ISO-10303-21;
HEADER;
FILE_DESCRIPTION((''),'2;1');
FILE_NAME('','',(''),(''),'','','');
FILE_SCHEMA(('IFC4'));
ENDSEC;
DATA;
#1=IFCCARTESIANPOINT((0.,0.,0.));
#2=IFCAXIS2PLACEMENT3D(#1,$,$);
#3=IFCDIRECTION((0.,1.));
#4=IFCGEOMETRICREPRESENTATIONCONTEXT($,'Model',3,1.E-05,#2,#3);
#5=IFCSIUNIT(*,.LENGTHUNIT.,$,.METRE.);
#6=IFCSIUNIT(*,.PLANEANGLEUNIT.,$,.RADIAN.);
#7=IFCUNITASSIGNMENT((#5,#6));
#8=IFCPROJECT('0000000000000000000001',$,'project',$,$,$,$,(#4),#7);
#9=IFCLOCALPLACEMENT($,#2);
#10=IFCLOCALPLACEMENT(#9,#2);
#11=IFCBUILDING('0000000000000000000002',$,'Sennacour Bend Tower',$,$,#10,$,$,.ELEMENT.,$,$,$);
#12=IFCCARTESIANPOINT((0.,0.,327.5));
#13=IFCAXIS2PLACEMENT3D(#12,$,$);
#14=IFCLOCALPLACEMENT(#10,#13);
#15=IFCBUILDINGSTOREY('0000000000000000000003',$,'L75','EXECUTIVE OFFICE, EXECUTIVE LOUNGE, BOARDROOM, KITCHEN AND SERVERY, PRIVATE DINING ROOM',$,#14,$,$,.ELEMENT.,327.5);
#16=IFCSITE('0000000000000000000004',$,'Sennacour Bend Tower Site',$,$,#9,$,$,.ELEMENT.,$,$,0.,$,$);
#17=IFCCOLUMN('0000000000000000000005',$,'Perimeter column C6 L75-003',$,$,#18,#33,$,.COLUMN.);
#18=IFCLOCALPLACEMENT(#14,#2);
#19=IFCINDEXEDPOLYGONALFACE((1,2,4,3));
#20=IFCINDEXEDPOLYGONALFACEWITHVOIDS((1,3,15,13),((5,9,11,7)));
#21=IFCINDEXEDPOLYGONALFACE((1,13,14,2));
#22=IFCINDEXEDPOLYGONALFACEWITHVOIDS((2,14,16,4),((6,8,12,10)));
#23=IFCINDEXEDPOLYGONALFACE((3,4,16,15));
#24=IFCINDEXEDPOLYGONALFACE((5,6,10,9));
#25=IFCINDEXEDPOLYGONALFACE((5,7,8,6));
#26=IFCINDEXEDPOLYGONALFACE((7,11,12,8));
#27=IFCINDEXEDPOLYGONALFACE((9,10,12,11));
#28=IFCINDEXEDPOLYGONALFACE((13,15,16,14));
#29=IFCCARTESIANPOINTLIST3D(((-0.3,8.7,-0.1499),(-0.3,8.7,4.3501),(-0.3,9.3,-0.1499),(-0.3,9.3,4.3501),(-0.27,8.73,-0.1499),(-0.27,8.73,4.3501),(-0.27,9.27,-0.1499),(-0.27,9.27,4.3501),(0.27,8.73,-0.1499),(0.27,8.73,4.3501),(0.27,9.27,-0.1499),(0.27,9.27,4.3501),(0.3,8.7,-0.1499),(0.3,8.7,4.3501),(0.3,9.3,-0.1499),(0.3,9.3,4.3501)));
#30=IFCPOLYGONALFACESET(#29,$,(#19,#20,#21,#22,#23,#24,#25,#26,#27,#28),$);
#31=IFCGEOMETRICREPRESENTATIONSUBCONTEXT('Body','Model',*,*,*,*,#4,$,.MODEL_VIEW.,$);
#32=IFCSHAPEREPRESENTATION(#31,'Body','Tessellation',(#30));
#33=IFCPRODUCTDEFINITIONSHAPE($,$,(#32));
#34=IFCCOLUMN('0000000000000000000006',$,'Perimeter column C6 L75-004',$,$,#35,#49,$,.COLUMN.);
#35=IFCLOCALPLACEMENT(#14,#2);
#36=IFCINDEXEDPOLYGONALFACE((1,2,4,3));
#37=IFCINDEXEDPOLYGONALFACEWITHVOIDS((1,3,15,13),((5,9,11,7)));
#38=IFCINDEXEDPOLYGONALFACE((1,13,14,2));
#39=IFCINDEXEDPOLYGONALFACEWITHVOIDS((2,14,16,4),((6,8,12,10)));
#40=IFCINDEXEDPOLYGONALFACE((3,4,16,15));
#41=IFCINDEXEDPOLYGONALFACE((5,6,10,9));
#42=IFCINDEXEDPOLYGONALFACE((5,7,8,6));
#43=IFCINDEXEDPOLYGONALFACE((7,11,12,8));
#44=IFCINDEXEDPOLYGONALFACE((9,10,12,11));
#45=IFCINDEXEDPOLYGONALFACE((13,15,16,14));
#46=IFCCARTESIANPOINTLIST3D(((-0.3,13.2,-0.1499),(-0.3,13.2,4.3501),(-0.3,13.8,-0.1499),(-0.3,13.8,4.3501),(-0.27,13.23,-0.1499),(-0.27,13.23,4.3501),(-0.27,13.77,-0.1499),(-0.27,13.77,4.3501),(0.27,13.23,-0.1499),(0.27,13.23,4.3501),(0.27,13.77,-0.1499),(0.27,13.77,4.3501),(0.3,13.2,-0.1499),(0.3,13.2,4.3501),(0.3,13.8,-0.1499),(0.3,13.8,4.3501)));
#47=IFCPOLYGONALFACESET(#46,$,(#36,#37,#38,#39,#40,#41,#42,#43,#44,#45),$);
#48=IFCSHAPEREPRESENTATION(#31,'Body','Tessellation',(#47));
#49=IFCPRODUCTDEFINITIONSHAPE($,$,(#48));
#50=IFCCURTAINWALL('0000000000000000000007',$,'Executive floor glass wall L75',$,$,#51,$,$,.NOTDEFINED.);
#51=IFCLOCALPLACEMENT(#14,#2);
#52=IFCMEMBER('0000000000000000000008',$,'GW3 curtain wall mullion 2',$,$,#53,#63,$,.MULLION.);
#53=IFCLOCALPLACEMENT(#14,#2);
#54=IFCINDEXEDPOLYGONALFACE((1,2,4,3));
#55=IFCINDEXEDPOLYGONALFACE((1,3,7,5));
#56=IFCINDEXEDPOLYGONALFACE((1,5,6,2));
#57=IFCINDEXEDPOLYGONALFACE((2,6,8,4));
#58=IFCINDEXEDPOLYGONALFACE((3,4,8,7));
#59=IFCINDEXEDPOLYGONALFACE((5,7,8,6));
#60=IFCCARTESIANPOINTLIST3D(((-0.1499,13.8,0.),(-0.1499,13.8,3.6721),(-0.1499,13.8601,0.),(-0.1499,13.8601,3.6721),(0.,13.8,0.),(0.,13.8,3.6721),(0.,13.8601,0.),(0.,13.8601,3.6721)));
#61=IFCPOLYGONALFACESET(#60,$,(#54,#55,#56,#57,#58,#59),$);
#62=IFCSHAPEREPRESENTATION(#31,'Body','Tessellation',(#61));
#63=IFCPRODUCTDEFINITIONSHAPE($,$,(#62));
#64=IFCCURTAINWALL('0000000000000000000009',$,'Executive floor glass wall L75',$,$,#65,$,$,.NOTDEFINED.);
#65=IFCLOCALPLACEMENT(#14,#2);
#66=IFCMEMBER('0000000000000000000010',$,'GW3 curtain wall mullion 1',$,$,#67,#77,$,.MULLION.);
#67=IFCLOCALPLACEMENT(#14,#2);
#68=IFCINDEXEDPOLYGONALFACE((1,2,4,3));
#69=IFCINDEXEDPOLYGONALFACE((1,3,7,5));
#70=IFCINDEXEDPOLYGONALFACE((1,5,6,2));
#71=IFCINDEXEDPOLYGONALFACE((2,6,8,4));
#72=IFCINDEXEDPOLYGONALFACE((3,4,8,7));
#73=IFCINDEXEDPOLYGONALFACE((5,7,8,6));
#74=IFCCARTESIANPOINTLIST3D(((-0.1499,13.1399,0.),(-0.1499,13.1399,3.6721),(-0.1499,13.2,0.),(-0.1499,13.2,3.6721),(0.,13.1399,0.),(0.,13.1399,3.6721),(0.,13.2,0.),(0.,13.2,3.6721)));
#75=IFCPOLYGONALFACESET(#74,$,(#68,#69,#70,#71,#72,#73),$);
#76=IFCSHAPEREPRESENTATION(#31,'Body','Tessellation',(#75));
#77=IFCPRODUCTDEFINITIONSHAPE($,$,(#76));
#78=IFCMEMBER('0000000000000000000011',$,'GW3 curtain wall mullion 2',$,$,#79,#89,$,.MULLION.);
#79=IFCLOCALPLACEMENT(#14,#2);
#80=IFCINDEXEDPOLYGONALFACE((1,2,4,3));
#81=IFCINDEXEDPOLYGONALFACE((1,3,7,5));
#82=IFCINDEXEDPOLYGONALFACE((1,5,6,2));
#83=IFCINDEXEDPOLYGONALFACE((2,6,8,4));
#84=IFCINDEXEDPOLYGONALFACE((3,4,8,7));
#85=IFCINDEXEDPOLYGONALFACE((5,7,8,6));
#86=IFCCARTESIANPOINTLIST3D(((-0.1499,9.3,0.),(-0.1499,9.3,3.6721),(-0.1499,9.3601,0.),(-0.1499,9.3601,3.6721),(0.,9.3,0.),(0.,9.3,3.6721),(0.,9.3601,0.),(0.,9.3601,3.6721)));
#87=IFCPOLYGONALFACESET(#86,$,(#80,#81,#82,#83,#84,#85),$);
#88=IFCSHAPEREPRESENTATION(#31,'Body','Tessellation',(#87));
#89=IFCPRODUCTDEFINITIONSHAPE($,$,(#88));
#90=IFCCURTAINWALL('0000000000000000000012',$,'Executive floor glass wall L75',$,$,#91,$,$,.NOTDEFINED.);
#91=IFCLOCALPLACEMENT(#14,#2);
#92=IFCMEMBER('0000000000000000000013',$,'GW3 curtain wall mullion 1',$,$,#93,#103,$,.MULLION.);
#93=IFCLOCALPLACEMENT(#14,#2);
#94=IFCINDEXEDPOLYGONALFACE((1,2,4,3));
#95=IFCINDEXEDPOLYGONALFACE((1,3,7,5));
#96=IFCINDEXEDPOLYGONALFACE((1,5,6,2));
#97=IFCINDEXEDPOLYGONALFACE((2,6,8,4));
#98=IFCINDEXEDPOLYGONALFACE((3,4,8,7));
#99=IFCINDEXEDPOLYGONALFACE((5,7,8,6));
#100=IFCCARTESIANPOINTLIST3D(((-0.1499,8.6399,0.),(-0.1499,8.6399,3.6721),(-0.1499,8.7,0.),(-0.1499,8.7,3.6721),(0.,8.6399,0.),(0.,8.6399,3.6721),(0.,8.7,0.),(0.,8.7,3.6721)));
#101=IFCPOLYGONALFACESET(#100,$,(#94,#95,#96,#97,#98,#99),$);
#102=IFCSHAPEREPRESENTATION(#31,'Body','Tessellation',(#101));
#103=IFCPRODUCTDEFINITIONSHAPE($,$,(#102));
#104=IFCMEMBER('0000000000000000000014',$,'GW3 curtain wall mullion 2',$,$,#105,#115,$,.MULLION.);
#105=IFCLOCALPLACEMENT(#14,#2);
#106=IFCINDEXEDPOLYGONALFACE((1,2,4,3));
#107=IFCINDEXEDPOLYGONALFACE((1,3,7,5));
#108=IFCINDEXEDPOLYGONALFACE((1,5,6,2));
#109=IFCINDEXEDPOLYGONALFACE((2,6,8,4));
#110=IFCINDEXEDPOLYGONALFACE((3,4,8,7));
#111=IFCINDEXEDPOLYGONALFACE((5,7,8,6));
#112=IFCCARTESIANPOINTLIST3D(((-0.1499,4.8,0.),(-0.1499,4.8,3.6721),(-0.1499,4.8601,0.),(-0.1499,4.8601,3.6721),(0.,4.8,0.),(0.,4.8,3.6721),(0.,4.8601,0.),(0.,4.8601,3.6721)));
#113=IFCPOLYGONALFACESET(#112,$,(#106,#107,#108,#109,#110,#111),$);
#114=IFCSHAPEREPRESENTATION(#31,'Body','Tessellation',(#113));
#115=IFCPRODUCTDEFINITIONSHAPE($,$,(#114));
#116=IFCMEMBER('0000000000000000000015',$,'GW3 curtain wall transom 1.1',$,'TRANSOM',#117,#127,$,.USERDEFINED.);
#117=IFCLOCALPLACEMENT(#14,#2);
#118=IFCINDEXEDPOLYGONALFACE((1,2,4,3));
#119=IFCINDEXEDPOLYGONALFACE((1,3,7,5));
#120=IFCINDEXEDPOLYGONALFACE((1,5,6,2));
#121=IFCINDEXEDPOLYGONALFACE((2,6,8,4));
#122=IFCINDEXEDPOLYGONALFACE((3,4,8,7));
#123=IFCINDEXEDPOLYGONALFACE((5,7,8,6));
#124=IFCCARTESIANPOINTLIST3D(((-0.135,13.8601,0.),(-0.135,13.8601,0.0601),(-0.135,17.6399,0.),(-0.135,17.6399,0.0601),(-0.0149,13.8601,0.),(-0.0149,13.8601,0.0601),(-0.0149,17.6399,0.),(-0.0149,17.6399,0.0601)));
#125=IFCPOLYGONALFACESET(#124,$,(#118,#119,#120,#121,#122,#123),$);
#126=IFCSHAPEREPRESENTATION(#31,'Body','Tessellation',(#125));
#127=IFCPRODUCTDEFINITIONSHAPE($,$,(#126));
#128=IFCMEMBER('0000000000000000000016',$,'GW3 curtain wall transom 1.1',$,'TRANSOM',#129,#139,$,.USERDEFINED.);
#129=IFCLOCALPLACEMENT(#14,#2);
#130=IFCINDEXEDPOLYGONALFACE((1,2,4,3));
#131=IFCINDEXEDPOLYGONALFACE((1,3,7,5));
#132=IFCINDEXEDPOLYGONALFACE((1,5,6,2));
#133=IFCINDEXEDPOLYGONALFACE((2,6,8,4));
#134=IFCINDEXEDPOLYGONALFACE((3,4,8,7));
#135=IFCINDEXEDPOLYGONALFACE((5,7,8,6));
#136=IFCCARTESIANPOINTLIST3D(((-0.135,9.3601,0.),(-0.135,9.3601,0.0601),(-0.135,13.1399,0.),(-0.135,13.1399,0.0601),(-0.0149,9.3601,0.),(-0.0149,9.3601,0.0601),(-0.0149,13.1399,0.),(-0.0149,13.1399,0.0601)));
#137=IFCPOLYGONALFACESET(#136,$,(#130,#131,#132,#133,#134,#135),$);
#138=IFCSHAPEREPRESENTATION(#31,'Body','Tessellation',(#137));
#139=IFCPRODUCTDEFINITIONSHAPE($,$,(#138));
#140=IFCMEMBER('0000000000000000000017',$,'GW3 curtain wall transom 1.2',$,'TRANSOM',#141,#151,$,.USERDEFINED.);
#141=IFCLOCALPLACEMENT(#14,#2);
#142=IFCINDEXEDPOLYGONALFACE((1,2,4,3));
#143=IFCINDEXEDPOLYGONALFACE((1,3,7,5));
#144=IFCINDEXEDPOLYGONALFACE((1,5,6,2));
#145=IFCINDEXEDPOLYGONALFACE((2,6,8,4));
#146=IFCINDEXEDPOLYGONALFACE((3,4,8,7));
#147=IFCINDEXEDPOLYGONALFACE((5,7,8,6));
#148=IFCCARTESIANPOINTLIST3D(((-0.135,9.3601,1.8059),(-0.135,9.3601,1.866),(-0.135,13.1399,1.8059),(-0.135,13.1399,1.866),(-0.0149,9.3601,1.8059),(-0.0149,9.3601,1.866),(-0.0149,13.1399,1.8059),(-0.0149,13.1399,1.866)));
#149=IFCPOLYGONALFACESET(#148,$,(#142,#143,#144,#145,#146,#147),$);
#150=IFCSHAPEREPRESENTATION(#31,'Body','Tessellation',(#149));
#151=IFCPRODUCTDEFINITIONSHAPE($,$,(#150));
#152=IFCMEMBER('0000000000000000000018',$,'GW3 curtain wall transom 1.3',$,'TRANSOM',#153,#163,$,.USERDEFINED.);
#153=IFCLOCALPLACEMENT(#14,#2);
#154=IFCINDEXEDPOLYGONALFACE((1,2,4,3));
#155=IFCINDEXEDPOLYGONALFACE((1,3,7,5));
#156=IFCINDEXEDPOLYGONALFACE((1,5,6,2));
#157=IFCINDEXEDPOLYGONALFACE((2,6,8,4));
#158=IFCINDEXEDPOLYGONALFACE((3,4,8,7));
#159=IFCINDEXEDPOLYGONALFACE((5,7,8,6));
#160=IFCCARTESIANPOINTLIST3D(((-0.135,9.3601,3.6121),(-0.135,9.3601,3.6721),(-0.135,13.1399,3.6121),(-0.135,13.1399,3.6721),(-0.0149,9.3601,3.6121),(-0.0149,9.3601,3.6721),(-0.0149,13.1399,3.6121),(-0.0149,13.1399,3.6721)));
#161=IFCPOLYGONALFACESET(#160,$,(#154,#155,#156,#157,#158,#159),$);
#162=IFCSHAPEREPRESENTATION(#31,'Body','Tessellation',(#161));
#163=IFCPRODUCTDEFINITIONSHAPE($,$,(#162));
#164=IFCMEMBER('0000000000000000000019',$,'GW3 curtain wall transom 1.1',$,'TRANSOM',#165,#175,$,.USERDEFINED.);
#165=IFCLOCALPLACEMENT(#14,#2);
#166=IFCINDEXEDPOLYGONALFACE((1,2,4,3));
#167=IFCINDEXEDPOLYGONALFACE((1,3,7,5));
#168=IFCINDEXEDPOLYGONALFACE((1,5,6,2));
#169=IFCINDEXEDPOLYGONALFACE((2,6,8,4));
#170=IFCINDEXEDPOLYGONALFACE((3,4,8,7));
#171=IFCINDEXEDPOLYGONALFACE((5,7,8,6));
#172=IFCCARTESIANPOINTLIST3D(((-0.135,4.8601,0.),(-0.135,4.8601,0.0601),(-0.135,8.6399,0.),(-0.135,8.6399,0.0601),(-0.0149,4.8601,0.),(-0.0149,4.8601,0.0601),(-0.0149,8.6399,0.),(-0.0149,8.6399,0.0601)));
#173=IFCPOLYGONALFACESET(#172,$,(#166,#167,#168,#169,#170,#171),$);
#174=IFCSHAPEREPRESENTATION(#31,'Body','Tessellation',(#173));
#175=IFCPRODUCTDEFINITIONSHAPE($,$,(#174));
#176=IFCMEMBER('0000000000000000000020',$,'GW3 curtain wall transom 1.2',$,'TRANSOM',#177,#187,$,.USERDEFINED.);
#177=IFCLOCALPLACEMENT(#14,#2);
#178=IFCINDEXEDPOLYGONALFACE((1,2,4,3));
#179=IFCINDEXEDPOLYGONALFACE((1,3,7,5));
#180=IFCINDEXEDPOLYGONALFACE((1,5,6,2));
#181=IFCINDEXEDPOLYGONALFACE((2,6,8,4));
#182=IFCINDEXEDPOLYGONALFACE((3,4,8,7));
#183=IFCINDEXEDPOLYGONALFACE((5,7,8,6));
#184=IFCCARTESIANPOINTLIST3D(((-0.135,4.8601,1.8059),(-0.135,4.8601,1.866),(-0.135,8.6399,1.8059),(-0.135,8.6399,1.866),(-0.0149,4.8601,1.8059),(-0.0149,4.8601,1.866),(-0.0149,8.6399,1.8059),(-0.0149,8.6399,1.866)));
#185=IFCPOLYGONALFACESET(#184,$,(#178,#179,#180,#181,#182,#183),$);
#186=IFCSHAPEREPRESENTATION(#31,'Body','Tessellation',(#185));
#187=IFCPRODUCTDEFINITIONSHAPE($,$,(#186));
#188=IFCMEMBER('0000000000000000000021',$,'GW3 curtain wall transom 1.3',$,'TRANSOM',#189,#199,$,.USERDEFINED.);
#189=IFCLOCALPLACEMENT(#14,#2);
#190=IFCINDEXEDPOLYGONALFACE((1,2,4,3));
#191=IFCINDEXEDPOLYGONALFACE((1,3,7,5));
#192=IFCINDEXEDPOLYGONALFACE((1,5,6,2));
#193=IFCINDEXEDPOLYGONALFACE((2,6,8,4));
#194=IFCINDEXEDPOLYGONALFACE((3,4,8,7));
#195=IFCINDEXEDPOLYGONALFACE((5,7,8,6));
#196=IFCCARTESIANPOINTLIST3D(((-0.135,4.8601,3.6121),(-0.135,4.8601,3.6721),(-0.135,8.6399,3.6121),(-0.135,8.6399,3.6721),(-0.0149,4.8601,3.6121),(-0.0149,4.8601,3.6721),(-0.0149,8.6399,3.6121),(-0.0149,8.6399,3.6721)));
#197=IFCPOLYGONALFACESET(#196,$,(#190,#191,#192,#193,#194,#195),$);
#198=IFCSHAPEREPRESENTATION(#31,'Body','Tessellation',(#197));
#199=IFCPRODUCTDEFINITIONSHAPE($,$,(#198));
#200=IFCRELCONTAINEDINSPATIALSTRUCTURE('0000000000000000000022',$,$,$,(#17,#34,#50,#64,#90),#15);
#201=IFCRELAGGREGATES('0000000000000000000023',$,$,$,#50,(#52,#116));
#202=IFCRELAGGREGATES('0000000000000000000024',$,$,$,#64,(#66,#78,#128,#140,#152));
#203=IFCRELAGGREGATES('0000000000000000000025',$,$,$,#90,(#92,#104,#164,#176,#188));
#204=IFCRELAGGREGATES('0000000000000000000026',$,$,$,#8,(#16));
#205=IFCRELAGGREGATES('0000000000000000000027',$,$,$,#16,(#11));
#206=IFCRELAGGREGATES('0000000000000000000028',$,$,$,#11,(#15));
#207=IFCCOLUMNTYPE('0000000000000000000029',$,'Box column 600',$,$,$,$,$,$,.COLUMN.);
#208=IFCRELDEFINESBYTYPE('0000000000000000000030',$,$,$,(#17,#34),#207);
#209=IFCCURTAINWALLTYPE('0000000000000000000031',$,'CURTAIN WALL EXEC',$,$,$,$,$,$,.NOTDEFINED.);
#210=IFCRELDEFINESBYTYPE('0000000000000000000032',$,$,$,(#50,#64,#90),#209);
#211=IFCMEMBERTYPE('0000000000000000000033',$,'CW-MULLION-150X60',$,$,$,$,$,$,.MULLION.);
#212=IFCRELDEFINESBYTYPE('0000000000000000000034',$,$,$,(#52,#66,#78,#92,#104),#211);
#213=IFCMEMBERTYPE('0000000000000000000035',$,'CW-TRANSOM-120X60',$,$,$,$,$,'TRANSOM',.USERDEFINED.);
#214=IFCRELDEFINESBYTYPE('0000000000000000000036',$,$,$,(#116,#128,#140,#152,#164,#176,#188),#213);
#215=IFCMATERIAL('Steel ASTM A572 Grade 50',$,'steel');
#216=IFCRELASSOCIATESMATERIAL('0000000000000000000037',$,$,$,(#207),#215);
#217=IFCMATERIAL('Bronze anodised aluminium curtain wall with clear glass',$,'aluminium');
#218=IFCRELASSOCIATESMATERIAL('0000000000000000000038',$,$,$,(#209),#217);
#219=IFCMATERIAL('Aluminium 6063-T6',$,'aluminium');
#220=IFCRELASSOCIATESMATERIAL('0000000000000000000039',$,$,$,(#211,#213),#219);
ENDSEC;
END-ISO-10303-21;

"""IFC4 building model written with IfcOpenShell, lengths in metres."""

from ifc_helpers import new_model, si_unit, direction, frame, origin, origin_2d, place, context, subcontext, project, spatial, rectangle, hollow_rectangle, extrude, material, material_profile, profile_set, type_object, element, aggregate, save


model = new_model("IFC4")

# Units and contexts
model_context = context("Model", 3, precision=1e-05, world=origin(), true_north=direction((0.0, 1.0)))
body_context = subcontext(model_context, "Body", "Model", "MODEL_VIEW")
ifc_project = project(units=[si_unit("LENGTHUNIT", "METRE"), si_unit("PLANEANGLEUNIT", "RADIAN")], contexts=[model_context])

# Site, building, storey
site_placement = place(None, origin())
site = spatial("IfcSite", under=ifc_project, at=site_placement, Name="Sennacour Bend Tower Site", CompositionType="ELEMENT", RefElevation=0.0)
building_placement = place(site_placement, origin())
building = spatial("IfcBuilding", under=site, at=building_placement, Name="Sennacour Bend Tower", CompositionType="ELEMENT")
storey_placement = place(building_placement, frame((0.0, 0.0, 327.5)))
storey = spatial("IfcBuildingStorey", under=building, at=storey_placement, Name="L75", Description="EXECUTIVE OFFICE, EXECUTIVE LOUNGE, BOARDROOM, KITCHEN AND SERVERY, PRIVATE DINING ROOM", CompositionType="ELEMENT", Elevation=327.5)

# Columns
ifc_material_1 = material(Name="Steel ASTM A572 Grade 50", Category="steel")
ifc_material_profile_1 = material_profile(ifc_material_1, hollow_rectangle(XDim=0.6001, YDim=0.6001, WallThickness=0.03, at=origin_2d()), Name="Steel ASTM A572 Grade 50", Category="steel")
ifc_profile_set_1 = profile_set([ifc_material_profile_1], Name="Steel ASTM A572 Grade 50")
column_type = type_object("IfcColumnType", Name="Box column 600", PredefinedType="COLUMN", material=ifc_profile_set_1)
for number, where, z_axis, x_axis, name in (
    (1, (0.0, 9.0, -0.1499), (0.0, 0.0, 1.0), (1.0, 0.0, 0.0), "Perimeter column C6 L75-003"),
    (2, (0.0, 13.5, -0.1499), (0.0, 0.0, 1.0), (1.0, 0.0, 0.0), "Perimeter column C6 L75-004"),
):
    element("IfcColumn", number, at=place(storey_placement, frame(where, z_axis=z_axis, x_axis=x_axis)), inside=storey, type_object=column_type, Name=name, PredefinedType="COLUMN", context=body_context, shape_type="SweptSolid", body=[
        extrude(hollow_rectangle(XDim=0.6001, YDim=0.6001, WallThickness=0.03, at=origin_2d()), origin(), (0.0, 0.0, 1.0), 4.5),
    ])

# Curtain wall, member
ifc_material_2 = material(Name="Bronze anodised aluminium curtain wall with clear glass", Category="aluminium")
curtain_wall_type = type_object("IfcCurtainWallType", Name="CURTAIN WALL EXEC", PredefinedType="NOTDEFINED", material=ifc_material_2)
curtain_wall_1_placement = place(storey_placement, origin())
curtain_wall_1 = element("IfcCurtainWall", 3, at=curtain_wall_1_placement, inside=storey, type_object=curtain_wall_type, Name="Executive floor glass wall L75", PredefinedType="NOTDEFINED")
ifc_material_3 = material(Name="Aluminium 6063-T6", Category="aluminium")
ifc_material_profile_2 = material_profile(ifc_material_3, rectangle(XDim=0.1499, YDim=0.0601, at=origin_2d()), Name="Aluminium 6063-T6", Category="aluminium")
ifc_profile_set_2 = profile_set([ifc_material_profile_2], Name="Aluminium 6063-T6")
member_type_1 = type_object("IfcMemberType", Name="CW-MULLION-150X60", PredefinedType="MULLION", material=ifc_profile_set_2)
member_1_placement = place(storey_placement, frame((-0.075, 13.8301, 0.0), z_axis=(0.0, 0.0, 1.0), x_axis=(1.0, 0.0, 0.0)))
member_1 = element("IfcMember", 4, at=member_1_placement, type_object=member_type_1, Name="GW3 curtain wall mullion 2", PredefinedType="MULLION", context=body_context, shape_type="SweptSolid", body=[
    extrude(rectangle(XDim=0.1499, YDim=0.0601, at=origin_2d()), origin(), (0.0, 0.0, 1.0), 3.6721),
])

# Curtain walls, members
curtain_wall_2_placement = place(storey_placement, origin())
curtain_wall_2 = element("IfcCurtainWall", 5, at=curtain_wall_2_placement, inside=storey, type_object=curtain_wall_type, Name="Executive floor glass wall L75", PredefinedType="NOTDEFINED")
member_2_placement = place(storey_placement, frame((-0.075, 13.1699, 0.0), z_axis=(0.0, 0.0, 1.0), x_axis=(1.0, 0.0, 0.0)))
member_2 = element("IfcMember", 6, at=member_2_placement, type_object=member_type_1, Name="GW3 curtain wall mullion 1", PredefinedType="MULLION", context=body_context, shape_type="SweptSolid", body=[
    extrude(rectangle(XDim=0.1499, YDim=0.0601, at=origin_2d()), origin(), (0.0, 0.0, 1.0), 3.6721),
])
member_3_placement = place(storey_placement, frame((-0.075, 9.3301, 0.0), z_axis=(0.0, 0.0, 1.0), x_axis=(1.0, 0.0, 0.0)))
member_3 = element("IfcMember", 7, at=member_3_placement, type_object=member_type_1, Name="GW3 curtain wall mullion 2", PredefinedType="MULLION", context=body_context, shape_type="SweptSolid", body=[
    extrude(rectangle(XDim=0.1499, YDim=0.0601, at=origin_2d()), origin(), (0.0, 0.0, 1.0), 3.6721),
])
curtain_wall_3_placement = place(storey_placement, origin())
curtain_wall_3 = element("IfcCurtainWall", 8, at=curtain_wall_3_placement, inside=storey, type_object=curtain_wall_type, Name="Executive floor glass wall L75", PredefinedType="NOTDEFINED")
member_4_placement = place(storey_placement, frame((-0.075, 8.6699, 0.0), z_axis=(0.0, 0.0, 1.0), x_axis=(1.0, 0.0, 0.0)))
member_4 = element("IfcMember", 9, at=member_4_placement, type_object=member_type_1, Name="GW3 curtain wall mullion 1", PredefinedType="MULLION", context=body_context, shape_type="SweptSolid", body=[
    extrude(rectangle(XDim=0.1499, YDim=0.0601, at=origin_2d()), origin(), (0.0, 0.0, 1.0), 3.6721),
])
member_5_placement = place(storey_placement, frame((-0.075, 4.8301, 0.0), z_axis=(0.0, 0.0, 1.0), x_axis=(1.0, 0.0, 0.0)))
member_5 = element("IfcMember", 10, at=member_5_placement, type_object=member_type_1, Name="GW3 curtain wall mullion 2", PredefinedType="MULLION", context=body_context, shape_type="SweptSolid", body=[
    extrude(rectangle(XDim=0.1499, YDim=0.0601, at=origin_2d()), origin(), (0.0, 0.0, 1.0), 3.6721),
])

# Members
ifc_material_profile_3 = material_profile(ifc_material_3, rectangle(XDim=0.1201, YDim=0.0601, at=origin_2d()), Name="Aluminium 6063-T6", Category="aluminium")
ifc_profile_set_3 = profile_set([ifc_material_profile_3], Name="Aluminium 6063-T6")
member_type_2 = type_object("IfcMemberType", Name="CW-TRANSOM-120X60", ElementType="TRANSOM", PredefinedType="USERDEFINED", material=ifc_profile_set_3)
member_6_placement = place(storey_placement, frame((-0.075, 17.6399, 0.03), z_axis=(0.0, -1.0, 0.0), x_axis=(1.0, 0.0, 0.0)))
member_6 = element("IfcMember", 11, at=member_6_placement, type_object=member_type_2, Name="GW3 curtain wall transom 1.1", ObjectType="TRANSOM", PredefinedType="USERDEFINED", context=body_context, shape_type="SweptSolid", body=[
    extrude(rectangle(XDim=0.1201, YDim=0.0601, at=origin_2d()), origin(), (0.0, 0.0, 1.0), 3.7798),
])
member_7_placement = place(storey_placement, frame((-0.075, 13.1399, 0.03), z_axis=(0.0, -1.0, 0.0), x_axis=(1.0, 0.0, 0.0)))
member_7 = element("IfcMember", 12, at=member_7_placement, type_object=member_type_2, Name="GW3 curtain wall transom 1.1", ObjectType="TRANSOM", PredefinedType="USERDEFINED", context=body_context, shape_type="SweptSolid", body=[
    extrude(rectangle(XDim=0.1201, YDim=0.0601, at=origin_2d()), origin(), (0.0, 0.0, 1.0), 3.7798),
])
member_8_placement = place(storey_placement, frame((-0.075, 13.1399, 1.8359), z_axis=(0.0, -1.0, 0.0), x_axis=(1.0, 0.0, 0.0)))
member_8 = element("IfcMember", 13, at=member_8_placement, type_object=member_type_2, Name="GW3 curtain wall transom 1.2", ObjectType="TRANSOM", PredefinedType="USERDEFINED", context=body_context, shape_type="SweptSolid", body=[
    extrude(rectangle(XDim=0.1201, YDim=0.0601, at=origin_2d()), origin(), (0.0, 0.0, 1.0), 3.7798),
])
member_9_placement = place(storey_placement, frame((-0.075, 13.1399, 3.6421), z_axis=(0.0, -1.0, 0.0), x_axis=(1.0, 0.0, 0.0)))
member_9 = element("IfcMember", 14, at=member_9_placement, type_object=member_type_2, Name="GW3 curtain wall transom 1.3", ObjectType="TRANSOM", PredefinedType="USERDEFINED", context=body_context, shape_type="SweptSolid", body=[
    extrude(rectangle(XDim=0.1201, YDim=0.0601, at=origin_2d()), origin(), (0.0, 0.0, 1.0), 3.7798),
])
member_10_placement = place(storey_placement, frame((-0.075, 8.6399, 0.03), z_axis=(0.0, -1.0, 0.0), x_axis=(1.0, 0.0, 0.0)))
member_10 = element("IfcMember", 15, at=member_10_placement, type_object=member_type_2, Name="GW3 curtain wall transom 1.1", ObjectType="TRANSOM", PredefinedType="USERDEFINED", context=body_context, shape_type="SweptSolid", body=[
    extrude(rectangle(XDim=0.1201, YDim=0.0601, at=origin_2d()), origin(), (0.0, 0.0, 1.0), 3.7798),
])
member_11_placement = place(storey_placement, frame((-0.075, 8.6399, 1.8359), z_axis=(0.0, -1.0, 0.0), x_axis=(1.0, 0.0, 0.0)))
member_11 = element("IfcMember", 16, at=member_11_placement, type_object=member_type_2, Name="GW3 curtain wall transom 1.2", ObjectType="TRANSOM", PredefinedType="USERDEFINED", context=body_context, shape_type="SweptSolid", body=[
    extrude(rectangle(XDim=0.1201, YDim=0.0601, at=origin_2d()), origin(), (0.0, 0.0, 1.0), 3.7798),
])
member_12_placement = place(storey_placement, frame((-0.075, 8.6399, 3.6421), z_axis=(0.0, -1.0, 0.0), x_axis=(1.0, 0.0, 0.0)))
member_12 = element("IfcMember", 17, at=member_12_placement, type_object=member_type_2, Name="GW3 curtain wall transom 1.3", ObjectType="TRANSOM", PredefinedType="USERDEFINED", context=body_context, shape_type="SweptSolid", body=[
    extrude(rectangle(XDim=0.1201, YDim=0.0601, at=origin_2d()), origin(), (0.0, 0.0, 1.0), 3.7798),
])

aggregate(curtain_wall_1, [member_1, member_6])
aggregate(curtain_wall_2, [member_2, member_3, member_7, member_8, member_9])
aggregate(curtain_wall_3, [member_4, member_5, member_10, member_11, member_12])

save(model, "model.ifc")
